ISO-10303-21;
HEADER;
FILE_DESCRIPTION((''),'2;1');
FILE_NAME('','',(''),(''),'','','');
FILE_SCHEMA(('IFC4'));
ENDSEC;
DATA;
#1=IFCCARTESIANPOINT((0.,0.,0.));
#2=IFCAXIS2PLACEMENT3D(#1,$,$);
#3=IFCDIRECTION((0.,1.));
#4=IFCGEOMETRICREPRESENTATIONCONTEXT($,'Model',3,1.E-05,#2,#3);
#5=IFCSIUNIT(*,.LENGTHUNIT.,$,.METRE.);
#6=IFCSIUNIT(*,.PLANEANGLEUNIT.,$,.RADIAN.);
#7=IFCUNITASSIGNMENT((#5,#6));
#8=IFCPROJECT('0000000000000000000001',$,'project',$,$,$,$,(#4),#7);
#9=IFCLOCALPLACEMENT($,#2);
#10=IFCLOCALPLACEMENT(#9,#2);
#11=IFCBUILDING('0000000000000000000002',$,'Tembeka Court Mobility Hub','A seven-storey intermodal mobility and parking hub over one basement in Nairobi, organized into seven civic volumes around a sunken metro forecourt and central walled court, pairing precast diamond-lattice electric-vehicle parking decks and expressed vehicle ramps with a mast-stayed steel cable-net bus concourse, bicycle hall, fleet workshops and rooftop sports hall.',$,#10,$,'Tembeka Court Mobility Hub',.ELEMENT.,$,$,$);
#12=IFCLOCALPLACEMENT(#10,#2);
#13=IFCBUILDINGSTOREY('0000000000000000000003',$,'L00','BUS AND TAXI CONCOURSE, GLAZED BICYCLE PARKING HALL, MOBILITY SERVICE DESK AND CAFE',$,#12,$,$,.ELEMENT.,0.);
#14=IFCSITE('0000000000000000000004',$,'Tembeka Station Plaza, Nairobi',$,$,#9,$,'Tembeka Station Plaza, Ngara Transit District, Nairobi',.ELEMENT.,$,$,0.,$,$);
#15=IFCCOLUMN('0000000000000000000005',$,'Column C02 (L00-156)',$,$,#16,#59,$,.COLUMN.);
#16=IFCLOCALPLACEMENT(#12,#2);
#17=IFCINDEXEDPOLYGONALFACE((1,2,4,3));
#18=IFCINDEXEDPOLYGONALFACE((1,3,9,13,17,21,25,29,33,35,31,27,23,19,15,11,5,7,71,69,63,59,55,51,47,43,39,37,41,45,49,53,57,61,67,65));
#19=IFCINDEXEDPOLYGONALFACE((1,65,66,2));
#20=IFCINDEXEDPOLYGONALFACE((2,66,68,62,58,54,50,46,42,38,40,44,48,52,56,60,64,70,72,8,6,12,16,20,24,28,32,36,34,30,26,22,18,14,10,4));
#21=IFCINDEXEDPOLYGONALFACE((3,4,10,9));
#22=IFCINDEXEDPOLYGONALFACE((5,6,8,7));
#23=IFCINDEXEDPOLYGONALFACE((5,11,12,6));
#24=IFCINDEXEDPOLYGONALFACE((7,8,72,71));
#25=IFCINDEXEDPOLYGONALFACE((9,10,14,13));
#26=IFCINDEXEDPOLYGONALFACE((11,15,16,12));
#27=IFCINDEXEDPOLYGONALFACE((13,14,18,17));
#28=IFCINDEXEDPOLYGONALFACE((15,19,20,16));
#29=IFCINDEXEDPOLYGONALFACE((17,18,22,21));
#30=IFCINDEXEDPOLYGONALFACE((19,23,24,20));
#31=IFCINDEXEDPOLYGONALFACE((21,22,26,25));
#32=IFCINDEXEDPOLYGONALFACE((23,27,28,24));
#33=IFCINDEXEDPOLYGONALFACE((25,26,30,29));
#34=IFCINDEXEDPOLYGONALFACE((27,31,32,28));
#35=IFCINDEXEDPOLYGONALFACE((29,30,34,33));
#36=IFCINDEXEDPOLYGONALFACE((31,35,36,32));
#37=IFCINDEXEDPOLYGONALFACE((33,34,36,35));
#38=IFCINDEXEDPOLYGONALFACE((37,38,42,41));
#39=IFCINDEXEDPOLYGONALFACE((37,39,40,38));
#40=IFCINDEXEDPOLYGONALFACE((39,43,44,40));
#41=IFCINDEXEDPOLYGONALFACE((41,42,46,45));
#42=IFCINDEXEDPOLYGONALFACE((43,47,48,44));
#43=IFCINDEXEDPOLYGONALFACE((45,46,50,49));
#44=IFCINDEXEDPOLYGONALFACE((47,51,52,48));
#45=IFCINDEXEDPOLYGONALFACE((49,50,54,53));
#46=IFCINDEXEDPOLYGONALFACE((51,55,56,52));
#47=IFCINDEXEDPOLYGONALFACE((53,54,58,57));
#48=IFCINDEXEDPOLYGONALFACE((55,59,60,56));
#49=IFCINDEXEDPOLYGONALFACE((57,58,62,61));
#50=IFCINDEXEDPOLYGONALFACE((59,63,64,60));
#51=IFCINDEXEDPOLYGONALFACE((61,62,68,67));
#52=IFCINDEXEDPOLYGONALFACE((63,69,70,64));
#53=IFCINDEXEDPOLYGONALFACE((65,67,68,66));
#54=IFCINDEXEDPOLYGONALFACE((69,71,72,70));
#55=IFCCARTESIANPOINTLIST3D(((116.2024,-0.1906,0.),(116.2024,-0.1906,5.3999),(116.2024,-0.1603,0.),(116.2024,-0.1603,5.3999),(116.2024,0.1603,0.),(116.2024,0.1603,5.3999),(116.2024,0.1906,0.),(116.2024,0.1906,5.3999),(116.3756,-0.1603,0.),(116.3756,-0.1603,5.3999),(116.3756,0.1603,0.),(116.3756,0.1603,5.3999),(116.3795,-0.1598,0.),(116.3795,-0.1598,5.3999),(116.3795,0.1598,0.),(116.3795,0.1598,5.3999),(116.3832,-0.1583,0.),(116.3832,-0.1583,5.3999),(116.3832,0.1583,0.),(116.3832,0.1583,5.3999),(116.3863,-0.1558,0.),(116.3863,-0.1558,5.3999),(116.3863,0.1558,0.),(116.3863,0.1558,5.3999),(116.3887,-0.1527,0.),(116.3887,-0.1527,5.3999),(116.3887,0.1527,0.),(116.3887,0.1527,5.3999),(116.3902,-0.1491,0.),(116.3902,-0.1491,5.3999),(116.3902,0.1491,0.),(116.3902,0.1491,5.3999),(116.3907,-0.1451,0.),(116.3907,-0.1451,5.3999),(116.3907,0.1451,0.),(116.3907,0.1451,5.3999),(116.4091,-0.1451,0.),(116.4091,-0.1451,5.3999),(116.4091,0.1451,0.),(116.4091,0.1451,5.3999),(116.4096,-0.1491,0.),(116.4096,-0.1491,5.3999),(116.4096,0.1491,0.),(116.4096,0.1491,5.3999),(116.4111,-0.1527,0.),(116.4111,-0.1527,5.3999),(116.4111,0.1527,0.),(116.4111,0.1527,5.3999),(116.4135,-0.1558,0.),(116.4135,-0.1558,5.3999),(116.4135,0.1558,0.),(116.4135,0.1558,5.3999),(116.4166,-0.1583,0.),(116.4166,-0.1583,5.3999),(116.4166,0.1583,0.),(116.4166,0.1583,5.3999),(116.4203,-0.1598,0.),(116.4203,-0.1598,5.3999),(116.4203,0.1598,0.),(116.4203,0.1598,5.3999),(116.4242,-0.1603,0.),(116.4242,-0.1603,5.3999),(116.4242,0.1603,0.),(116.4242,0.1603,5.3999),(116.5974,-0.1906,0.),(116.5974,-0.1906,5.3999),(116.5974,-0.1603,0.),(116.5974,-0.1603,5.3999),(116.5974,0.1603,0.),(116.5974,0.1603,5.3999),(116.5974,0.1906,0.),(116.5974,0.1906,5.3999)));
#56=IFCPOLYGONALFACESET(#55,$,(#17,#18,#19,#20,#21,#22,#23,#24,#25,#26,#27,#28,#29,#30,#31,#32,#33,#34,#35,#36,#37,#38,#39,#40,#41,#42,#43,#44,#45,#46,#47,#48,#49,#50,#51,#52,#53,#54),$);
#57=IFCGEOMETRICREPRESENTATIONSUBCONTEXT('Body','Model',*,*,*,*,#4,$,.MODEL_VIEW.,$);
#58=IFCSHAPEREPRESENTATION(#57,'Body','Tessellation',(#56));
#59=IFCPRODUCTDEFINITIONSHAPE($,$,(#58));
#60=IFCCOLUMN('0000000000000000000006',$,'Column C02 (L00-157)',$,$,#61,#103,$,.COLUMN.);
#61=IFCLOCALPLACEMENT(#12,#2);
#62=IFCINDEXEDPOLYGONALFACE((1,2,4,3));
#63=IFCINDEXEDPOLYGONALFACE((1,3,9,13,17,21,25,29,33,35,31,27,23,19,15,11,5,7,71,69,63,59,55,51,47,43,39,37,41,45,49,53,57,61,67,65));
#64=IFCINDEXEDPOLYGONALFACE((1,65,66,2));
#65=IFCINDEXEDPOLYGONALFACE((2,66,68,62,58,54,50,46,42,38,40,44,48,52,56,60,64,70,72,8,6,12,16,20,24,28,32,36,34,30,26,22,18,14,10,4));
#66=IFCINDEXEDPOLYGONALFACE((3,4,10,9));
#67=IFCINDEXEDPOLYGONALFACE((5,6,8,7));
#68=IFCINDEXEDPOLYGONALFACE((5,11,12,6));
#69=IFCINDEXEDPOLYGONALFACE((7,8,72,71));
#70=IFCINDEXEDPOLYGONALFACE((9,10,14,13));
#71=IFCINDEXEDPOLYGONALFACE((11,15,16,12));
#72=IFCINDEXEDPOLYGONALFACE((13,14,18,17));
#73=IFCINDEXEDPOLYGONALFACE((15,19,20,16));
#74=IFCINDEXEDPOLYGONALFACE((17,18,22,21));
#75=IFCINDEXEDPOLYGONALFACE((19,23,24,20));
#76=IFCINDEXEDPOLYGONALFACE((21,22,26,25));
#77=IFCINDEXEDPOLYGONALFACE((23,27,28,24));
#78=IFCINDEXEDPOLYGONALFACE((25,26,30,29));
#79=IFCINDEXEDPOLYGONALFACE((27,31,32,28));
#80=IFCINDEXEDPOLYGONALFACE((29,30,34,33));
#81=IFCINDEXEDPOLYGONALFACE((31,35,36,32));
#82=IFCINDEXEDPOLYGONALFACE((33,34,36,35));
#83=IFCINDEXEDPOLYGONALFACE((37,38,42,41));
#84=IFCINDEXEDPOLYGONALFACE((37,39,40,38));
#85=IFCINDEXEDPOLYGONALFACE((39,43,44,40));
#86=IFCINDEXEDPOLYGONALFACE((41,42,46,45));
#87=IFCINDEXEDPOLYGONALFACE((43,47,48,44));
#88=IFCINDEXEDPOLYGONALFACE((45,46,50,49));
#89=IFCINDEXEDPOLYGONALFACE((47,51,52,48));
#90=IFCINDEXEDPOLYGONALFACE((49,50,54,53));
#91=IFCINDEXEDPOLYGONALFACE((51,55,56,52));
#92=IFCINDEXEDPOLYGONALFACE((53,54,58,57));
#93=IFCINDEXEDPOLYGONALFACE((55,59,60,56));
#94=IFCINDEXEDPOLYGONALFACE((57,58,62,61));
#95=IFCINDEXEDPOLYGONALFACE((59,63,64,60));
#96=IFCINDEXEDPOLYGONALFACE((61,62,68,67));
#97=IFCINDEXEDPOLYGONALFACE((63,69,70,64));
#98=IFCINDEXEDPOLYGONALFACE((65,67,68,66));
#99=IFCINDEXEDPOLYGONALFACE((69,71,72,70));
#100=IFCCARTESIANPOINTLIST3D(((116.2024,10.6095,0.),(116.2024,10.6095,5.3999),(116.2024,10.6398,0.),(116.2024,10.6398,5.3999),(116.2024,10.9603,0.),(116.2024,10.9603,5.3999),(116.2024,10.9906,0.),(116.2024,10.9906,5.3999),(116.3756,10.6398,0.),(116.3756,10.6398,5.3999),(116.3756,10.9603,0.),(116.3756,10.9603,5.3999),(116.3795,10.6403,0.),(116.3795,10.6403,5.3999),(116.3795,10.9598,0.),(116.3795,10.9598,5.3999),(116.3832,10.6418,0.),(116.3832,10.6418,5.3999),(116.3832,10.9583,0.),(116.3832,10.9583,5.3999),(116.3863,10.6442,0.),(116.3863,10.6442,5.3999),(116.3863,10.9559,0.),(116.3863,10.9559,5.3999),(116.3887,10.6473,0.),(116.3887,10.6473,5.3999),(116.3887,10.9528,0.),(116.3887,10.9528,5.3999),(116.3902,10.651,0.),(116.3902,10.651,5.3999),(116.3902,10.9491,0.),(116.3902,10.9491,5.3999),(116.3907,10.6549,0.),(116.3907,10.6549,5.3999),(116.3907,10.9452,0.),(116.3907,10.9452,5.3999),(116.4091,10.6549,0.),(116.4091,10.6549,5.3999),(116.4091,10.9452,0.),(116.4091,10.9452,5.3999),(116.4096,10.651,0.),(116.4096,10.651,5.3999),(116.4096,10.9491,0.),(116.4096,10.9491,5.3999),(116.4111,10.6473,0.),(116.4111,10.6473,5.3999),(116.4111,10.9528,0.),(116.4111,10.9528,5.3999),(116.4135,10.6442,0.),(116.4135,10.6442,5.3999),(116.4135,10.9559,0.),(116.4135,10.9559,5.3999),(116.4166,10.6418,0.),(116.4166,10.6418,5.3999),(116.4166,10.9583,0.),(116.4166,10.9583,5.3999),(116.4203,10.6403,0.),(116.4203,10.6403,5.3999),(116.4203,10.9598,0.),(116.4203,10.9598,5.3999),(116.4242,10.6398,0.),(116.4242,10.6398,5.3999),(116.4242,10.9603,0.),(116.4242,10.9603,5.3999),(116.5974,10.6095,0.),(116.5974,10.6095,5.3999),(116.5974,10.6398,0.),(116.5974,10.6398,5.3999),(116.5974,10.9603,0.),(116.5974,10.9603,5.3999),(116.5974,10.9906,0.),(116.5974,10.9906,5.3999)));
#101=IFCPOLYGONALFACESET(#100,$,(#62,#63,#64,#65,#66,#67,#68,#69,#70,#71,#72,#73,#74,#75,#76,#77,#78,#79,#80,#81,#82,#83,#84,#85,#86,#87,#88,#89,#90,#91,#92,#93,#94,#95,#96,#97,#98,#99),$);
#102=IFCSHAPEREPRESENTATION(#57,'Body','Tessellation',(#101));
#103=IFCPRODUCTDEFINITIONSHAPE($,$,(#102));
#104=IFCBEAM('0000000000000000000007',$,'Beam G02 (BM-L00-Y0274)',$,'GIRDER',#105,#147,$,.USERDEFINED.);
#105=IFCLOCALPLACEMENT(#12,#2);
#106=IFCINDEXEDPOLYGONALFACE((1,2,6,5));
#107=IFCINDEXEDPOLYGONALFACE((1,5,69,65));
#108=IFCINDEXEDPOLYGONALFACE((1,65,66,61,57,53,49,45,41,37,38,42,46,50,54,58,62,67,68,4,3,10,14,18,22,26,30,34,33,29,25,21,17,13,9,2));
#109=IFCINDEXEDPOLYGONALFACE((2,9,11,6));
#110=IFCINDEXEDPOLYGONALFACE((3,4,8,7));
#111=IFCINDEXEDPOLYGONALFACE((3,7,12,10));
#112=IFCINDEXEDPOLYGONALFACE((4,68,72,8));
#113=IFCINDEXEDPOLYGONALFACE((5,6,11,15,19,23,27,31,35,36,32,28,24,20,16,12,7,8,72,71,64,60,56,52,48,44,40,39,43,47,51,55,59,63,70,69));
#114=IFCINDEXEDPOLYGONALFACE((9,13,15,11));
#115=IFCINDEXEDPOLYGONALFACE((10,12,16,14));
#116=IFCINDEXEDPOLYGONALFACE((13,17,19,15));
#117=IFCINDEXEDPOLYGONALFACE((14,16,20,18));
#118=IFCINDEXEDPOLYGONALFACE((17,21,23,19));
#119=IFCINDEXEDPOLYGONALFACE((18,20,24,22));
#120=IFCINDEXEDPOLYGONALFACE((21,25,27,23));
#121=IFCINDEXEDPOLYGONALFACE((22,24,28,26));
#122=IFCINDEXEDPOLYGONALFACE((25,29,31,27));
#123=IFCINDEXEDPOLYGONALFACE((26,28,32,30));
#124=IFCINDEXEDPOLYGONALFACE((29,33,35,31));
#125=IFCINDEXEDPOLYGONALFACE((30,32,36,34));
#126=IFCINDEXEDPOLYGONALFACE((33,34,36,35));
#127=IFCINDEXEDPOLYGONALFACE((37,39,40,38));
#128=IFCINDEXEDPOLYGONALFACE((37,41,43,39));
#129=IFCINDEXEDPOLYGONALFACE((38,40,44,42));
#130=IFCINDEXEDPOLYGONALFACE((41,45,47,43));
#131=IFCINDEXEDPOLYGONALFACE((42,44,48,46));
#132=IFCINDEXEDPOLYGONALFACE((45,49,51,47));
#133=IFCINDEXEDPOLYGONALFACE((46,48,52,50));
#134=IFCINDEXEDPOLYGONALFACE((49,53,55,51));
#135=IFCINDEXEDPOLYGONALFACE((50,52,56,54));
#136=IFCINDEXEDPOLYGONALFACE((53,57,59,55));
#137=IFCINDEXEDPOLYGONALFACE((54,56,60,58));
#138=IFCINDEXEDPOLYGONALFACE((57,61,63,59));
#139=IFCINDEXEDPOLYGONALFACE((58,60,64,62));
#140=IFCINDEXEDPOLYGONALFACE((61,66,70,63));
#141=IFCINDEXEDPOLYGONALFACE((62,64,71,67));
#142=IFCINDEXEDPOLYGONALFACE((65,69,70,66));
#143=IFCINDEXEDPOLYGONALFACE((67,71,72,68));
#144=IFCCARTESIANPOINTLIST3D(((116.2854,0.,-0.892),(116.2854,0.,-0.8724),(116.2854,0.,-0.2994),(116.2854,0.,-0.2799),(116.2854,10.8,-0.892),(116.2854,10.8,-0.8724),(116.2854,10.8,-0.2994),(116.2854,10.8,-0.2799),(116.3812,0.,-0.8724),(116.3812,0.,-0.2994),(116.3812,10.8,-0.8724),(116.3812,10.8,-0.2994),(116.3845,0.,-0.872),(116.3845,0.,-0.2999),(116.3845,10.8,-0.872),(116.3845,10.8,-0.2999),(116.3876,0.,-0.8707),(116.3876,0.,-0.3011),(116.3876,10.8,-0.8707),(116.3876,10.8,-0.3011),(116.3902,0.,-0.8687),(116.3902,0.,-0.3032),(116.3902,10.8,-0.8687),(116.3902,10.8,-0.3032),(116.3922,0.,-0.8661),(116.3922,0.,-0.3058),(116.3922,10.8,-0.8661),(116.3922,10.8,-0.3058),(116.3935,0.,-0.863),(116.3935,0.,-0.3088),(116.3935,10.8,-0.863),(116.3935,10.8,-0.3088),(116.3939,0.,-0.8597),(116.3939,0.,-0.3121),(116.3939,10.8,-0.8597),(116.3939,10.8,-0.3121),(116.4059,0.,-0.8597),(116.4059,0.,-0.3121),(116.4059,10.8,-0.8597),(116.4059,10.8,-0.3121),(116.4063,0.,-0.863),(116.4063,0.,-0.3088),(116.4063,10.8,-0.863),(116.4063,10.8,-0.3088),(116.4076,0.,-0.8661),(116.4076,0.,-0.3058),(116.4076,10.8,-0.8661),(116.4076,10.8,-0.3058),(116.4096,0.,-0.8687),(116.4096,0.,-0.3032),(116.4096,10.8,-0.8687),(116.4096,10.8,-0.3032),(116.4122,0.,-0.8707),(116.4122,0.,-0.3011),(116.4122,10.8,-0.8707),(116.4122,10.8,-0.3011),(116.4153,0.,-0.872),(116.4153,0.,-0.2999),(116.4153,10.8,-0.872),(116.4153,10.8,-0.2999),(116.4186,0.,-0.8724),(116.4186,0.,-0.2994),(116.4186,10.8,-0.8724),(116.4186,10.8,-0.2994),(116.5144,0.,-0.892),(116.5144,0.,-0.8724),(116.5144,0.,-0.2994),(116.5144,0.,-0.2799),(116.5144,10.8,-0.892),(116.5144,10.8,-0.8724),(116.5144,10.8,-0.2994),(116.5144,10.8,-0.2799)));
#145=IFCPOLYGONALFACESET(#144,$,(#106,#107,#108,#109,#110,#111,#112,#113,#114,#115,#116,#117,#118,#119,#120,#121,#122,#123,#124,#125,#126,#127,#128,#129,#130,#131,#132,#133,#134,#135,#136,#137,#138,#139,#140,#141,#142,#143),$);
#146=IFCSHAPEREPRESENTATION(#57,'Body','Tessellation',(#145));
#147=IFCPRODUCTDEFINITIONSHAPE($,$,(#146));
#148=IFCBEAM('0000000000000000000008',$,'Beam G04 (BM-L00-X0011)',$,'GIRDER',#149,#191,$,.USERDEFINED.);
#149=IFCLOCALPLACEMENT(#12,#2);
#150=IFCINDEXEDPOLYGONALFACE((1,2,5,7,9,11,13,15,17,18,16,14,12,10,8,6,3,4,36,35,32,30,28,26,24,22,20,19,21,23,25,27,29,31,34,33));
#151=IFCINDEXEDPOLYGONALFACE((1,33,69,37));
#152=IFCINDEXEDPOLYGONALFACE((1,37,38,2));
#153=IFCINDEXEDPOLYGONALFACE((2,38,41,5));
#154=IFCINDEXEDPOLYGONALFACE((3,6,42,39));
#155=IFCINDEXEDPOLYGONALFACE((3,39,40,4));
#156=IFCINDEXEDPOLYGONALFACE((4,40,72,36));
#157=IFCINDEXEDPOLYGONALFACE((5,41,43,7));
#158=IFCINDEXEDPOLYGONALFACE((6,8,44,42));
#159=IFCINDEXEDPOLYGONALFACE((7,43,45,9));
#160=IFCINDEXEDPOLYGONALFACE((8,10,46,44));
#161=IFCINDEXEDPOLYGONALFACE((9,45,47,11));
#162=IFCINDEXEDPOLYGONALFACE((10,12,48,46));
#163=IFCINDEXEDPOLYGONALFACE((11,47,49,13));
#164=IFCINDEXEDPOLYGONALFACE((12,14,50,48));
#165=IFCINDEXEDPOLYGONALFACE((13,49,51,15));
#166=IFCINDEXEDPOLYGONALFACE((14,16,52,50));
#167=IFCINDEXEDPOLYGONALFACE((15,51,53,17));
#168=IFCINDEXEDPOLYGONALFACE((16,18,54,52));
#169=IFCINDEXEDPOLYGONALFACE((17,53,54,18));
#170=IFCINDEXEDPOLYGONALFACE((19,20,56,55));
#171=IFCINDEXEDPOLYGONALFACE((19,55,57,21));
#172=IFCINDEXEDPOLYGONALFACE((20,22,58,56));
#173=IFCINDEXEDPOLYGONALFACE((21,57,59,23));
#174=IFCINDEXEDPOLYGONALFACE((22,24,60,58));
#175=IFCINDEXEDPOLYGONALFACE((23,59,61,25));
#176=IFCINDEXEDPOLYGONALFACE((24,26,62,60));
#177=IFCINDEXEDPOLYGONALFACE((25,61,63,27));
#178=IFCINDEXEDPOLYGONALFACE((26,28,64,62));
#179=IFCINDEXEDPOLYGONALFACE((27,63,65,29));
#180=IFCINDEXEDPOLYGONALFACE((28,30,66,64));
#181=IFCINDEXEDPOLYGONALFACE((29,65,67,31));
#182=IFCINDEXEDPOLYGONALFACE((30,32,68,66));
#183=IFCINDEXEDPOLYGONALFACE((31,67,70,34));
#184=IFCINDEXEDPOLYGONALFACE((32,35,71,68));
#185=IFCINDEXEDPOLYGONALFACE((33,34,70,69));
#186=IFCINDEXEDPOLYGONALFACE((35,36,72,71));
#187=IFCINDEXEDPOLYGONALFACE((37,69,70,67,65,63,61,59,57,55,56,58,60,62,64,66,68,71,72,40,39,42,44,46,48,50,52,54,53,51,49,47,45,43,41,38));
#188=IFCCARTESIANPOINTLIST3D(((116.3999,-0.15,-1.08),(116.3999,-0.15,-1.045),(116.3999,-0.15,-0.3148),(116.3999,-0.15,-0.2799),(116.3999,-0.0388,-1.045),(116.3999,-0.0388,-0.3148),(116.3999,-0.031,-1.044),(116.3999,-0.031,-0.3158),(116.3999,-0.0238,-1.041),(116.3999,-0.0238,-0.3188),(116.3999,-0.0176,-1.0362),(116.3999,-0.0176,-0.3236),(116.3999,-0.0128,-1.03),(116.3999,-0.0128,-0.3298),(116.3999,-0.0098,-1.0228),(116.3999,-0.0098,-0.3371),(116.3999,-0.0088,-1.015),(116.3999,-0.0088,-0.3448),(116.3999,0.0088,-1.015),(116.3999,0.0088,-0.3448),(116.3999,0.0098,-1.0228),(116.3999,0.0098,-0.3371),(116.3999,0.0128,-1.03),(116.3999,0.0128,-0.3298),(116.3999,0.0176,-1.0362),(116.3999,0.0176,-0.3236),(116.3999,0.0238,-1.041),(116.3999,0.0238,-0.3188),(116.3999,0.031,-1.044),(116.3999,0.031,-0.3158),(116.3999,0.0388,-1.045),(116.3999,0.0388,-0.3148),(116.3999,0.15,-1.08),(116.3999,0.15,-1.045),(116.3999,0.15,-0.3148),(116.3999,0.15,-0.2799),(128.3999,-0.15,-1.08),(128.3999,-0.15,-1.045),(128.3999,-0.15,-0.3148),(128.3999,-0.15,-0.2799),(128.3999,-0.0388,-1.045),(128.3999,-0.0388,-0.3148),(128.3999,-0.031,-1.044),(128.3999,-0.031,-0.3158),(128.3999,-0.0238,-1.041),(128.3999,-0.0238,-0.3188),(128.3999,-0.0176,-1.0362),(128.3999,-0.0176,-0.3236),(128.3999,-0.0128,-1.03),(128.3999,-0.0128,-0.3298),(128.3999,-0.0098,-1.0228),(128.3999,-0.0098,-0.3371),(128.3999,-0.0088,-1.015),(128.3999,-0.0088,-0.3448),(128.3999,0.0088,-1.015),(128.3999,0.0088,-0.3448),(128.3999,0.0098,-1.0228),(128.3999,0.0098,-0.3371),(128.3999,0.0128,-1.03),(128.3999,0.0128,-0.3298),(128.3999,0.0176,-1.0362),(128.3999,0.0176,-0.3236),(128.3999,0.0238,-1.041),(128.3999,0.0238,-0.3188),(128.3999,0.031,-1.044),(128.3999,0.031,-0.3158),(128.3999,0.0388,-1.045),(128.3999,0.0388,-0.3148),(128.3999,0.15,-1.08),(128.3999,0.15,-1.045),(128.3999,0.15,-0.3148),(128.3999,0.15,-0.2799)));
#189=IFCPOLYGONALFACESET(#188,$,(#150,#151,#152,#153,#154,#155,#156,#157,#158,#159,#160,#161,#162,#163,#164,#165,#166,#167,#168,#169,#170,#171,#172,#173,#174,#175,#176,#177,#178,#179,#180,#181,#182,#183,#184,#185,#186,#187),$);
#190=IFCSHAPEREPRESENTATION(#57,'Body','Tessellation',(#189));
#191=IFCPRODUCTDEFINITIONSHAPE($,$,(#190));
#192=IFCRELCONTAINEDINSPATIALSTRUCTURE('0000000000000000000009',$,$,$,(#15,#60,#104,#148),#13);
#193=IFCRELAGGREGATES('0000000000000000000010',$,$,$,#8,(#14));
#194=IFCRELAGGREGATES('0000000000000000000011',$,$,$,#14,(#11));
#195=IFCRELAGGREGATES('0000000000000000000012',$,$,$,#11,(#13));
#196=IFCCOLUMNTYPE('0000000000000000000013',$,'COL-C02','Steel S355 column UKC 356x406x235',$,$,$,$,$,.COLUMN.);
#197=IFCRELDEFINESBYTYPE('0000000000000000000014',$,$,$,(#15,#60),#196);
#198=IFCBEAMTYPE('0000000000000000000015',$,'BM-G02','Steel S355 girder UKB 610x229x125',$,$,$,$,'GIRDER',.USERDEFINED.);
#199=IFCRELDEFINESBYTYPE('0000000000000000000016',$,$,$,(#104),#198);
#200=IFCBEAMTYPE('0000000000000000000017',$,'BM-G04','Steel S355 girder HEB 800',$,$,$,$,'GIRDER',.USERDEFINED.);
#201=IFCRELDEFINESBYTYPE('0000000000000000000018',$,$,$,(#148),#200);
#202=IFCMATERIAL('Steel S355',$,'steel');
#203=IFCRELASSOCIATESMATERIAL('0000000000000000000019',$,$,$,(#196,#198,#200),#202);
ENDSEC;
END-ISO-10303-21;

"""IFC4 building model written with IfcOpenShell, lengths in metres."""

from ifc_helpers import new_model, si_unit, direction, frame, origin, origin_2d, place, context, subcontext, project, spatial, i_section, extrude, material, material_profile, profile_set, type_object, element, save


model = new_model("IFC4")

# Units and contexts
model_context = context("Model", 3, precision=1e-05, world=origin(), true_north=direction((0.0, 1.0)))
body_context = subcontext(model_context, "Body", "Model", "MODEL_VIEW")
ifc_project = project(units=[si_unit("LENGTHUNIT", "METRE"), si_unit("PLANEANGLEUNIT", "RADIAN")], contexts=[model_context])

# Site, building, storey
site_placement = place(None, origin())
site = spatial("IfcSite", under=ifc_project, at=site_placement, Name="Tembeka Station Plaza, Nairobi", LongName="Tembeka Station Plaza, Ngara Transit District, Nairobi", CompositionType="ELEMENT", RefElevation=0.0)
building_placement = place(site_placement, origin())
building = spatial("IfcBuilding", under=site, at=building_placement, Name="Tembeka Court Mobility Hub", Description="A seven-storey intermodal mobility and parking hub over one basement in Nairobi, organized into seven civic volumes around a sunken metro forecourt and central walled court, pairing precast diamond-lattice electric-vehicle parking decks and expressed vehicle ramps with a mast-stayed steel cable-net bus concourse, bicycle hall, fleet workshops and rooftop sports hall.", LongName="Tembeka Court Mobility Hub", CompositionType="ELEMENT")
storey_placement = place(building_placement, origin())
storey = spatial("IfcBuildingStorey", under=building, at=storey_placement, Name="L00", Description="BUS AND TAXI CONCOURSE, GLAZED BICYCLE PARKING HALL, MOBILITY SERVICE DESK AND CAFE", CompositionType="ELEMENT", Elevation=0.0)

# Columns
ifc_material_1 = material(Name="Steel S355", Category="steel")
ifc_material_profile_1 = material_profile(ifc_material_1, i_section(OverallWidth=0.395, OverallDepth=0.3811, WebThickness=0.0183, FlangeThickness=0.0303, FilletRadius=0.0151, at=origin_2d()), Name="UKC 356x406x235")
ifc_profile_set_1 = profile_set([ifc_material_profile_1], Name="Steel S355")
column_type = type_object("IfcColumnType", Name="COL-C02", Description="Steel S355 column UKC 356x406x235", PredefinedType="COLUMN", material=ifc_profile_set_1)
for number, where, z_axis, x_axis, name in (
    (1, (116.3999, 0.0, 0.0), (0.0, 0.0, 1.0), (1.0, 0.0, 0.0), "Column C02 (L00-156)"),
    (2, (116.3999, 10.8, 0.0), (0.0, 0.0, 1.0), (1.0, 0.0, 0.0), "Column C02 (L00-157)"),
):
    element("IfcColumn", number, at=place(storey_placement, frame(where, z_axis=z_axis, x_axis=x_axis)), inside=storey, type_object=column_type, Name=name, PredefinedType="COLUMN", context=body_context, shape_type="SweptSolid", body=[
        extrude(i_section(OverallWidth=0.395, OverallDepth=0.3811, WebThickness=0.0183, FlangeThickness=0.0303, FilletRadius=0.0151, at=origin_2d()), origin(), (0.0, 0.0, 1.0), 5.3999),
    ])

# Beams
ifc_material_profile_2 = material_profile(ifc_material_1, i_section(OverallWidth=0.229, OverallDepth=0.6121, WebThickness=0.012, FlangeThickness=0.0195, FilletRadius=0.0127, at=origin_2d()), Name="UKB 610x229x125")
ifc_profile_set_2 = profile_set([ifc_material_profile_2], Name="Steel S355")
beam_type_1 = type_object("IfcBeamType", Name="BM-G02", Description="Steel S355 girder UKB 610x229x125", ElementType="GIRDER", PredefinedType="USERDEFINED", material=ifc_profile_set_2)
beam_1_placement = place(storey_placement, frame((116.3999, 0.0, -0.5859), z_axis=(0.0, 1.0, 0.0), x_axis=(-1.0, 0.0, 0.0)))
element("IfcBeam", 3, at=beam_1_placement, inside=storey, type_object=beam_type_1, Name="Beam G02 (BM-L00-Y0274)", ObjectType="GIRDER", PredefinedType="USERDEFINED", context=body_context, shape_type="SweptSolid", body=[
    extrude(i_section(OverallWidth=0.229, OverallDepth=0.6121, WebThickness=0.012, FlangeThickness=0.0195, FilletRadius=0.0127, at=origin_2d()), origin(), (0.0, 0.0, 1.0), 10.8),
])
ifc_material_profile_3 = material_profile(ifc_material_1, i_section(OverallWidth=0.3, OverallDepth=0.8, WebThickness=0.0176, FlangeThickness=0.0349, FilletRadius=0.03, at=origin_2d()), Name="HEB 800")
ifc_profile_set_3 = profile_set([ifc_material_profile_3], Name="Steel S355")
beam_type_2 = type_object("IfcBeamType", Name="BM-G04", Description="Steel S355 girder HEB 800", ElementType="GIRDER", PredefinedType="USERDEFINED", material=ifc_profile_set_3)
beam_2_placement = place(storey_placement, frame((116.3999, 0.0, -0.6799), z_axis=(1.0, 0.0, 0.0), x_axis=(0.0, 1.0, 0.0)))
element("IfcBeam", 4, at=beam_2_placement, inside=storey, type_object=beam_type_2, Name="Beam G04 (BM-L00-X0011)", ObjectType="GIRDER", PredefinedType="USERDEFINED", context=body_context, shape_type="SweptSolid", body=[
    extrude(i_section(OverallWidth=0.3, OverallDepth=0.8, WebThickness=0.0176, FlangeThickness=0.0349, FilletRadius=0.03, at=origin_2d()), origin(), (0.0, 0.0, 1.0), 12.0),
])

save(model, "model.ifc")
